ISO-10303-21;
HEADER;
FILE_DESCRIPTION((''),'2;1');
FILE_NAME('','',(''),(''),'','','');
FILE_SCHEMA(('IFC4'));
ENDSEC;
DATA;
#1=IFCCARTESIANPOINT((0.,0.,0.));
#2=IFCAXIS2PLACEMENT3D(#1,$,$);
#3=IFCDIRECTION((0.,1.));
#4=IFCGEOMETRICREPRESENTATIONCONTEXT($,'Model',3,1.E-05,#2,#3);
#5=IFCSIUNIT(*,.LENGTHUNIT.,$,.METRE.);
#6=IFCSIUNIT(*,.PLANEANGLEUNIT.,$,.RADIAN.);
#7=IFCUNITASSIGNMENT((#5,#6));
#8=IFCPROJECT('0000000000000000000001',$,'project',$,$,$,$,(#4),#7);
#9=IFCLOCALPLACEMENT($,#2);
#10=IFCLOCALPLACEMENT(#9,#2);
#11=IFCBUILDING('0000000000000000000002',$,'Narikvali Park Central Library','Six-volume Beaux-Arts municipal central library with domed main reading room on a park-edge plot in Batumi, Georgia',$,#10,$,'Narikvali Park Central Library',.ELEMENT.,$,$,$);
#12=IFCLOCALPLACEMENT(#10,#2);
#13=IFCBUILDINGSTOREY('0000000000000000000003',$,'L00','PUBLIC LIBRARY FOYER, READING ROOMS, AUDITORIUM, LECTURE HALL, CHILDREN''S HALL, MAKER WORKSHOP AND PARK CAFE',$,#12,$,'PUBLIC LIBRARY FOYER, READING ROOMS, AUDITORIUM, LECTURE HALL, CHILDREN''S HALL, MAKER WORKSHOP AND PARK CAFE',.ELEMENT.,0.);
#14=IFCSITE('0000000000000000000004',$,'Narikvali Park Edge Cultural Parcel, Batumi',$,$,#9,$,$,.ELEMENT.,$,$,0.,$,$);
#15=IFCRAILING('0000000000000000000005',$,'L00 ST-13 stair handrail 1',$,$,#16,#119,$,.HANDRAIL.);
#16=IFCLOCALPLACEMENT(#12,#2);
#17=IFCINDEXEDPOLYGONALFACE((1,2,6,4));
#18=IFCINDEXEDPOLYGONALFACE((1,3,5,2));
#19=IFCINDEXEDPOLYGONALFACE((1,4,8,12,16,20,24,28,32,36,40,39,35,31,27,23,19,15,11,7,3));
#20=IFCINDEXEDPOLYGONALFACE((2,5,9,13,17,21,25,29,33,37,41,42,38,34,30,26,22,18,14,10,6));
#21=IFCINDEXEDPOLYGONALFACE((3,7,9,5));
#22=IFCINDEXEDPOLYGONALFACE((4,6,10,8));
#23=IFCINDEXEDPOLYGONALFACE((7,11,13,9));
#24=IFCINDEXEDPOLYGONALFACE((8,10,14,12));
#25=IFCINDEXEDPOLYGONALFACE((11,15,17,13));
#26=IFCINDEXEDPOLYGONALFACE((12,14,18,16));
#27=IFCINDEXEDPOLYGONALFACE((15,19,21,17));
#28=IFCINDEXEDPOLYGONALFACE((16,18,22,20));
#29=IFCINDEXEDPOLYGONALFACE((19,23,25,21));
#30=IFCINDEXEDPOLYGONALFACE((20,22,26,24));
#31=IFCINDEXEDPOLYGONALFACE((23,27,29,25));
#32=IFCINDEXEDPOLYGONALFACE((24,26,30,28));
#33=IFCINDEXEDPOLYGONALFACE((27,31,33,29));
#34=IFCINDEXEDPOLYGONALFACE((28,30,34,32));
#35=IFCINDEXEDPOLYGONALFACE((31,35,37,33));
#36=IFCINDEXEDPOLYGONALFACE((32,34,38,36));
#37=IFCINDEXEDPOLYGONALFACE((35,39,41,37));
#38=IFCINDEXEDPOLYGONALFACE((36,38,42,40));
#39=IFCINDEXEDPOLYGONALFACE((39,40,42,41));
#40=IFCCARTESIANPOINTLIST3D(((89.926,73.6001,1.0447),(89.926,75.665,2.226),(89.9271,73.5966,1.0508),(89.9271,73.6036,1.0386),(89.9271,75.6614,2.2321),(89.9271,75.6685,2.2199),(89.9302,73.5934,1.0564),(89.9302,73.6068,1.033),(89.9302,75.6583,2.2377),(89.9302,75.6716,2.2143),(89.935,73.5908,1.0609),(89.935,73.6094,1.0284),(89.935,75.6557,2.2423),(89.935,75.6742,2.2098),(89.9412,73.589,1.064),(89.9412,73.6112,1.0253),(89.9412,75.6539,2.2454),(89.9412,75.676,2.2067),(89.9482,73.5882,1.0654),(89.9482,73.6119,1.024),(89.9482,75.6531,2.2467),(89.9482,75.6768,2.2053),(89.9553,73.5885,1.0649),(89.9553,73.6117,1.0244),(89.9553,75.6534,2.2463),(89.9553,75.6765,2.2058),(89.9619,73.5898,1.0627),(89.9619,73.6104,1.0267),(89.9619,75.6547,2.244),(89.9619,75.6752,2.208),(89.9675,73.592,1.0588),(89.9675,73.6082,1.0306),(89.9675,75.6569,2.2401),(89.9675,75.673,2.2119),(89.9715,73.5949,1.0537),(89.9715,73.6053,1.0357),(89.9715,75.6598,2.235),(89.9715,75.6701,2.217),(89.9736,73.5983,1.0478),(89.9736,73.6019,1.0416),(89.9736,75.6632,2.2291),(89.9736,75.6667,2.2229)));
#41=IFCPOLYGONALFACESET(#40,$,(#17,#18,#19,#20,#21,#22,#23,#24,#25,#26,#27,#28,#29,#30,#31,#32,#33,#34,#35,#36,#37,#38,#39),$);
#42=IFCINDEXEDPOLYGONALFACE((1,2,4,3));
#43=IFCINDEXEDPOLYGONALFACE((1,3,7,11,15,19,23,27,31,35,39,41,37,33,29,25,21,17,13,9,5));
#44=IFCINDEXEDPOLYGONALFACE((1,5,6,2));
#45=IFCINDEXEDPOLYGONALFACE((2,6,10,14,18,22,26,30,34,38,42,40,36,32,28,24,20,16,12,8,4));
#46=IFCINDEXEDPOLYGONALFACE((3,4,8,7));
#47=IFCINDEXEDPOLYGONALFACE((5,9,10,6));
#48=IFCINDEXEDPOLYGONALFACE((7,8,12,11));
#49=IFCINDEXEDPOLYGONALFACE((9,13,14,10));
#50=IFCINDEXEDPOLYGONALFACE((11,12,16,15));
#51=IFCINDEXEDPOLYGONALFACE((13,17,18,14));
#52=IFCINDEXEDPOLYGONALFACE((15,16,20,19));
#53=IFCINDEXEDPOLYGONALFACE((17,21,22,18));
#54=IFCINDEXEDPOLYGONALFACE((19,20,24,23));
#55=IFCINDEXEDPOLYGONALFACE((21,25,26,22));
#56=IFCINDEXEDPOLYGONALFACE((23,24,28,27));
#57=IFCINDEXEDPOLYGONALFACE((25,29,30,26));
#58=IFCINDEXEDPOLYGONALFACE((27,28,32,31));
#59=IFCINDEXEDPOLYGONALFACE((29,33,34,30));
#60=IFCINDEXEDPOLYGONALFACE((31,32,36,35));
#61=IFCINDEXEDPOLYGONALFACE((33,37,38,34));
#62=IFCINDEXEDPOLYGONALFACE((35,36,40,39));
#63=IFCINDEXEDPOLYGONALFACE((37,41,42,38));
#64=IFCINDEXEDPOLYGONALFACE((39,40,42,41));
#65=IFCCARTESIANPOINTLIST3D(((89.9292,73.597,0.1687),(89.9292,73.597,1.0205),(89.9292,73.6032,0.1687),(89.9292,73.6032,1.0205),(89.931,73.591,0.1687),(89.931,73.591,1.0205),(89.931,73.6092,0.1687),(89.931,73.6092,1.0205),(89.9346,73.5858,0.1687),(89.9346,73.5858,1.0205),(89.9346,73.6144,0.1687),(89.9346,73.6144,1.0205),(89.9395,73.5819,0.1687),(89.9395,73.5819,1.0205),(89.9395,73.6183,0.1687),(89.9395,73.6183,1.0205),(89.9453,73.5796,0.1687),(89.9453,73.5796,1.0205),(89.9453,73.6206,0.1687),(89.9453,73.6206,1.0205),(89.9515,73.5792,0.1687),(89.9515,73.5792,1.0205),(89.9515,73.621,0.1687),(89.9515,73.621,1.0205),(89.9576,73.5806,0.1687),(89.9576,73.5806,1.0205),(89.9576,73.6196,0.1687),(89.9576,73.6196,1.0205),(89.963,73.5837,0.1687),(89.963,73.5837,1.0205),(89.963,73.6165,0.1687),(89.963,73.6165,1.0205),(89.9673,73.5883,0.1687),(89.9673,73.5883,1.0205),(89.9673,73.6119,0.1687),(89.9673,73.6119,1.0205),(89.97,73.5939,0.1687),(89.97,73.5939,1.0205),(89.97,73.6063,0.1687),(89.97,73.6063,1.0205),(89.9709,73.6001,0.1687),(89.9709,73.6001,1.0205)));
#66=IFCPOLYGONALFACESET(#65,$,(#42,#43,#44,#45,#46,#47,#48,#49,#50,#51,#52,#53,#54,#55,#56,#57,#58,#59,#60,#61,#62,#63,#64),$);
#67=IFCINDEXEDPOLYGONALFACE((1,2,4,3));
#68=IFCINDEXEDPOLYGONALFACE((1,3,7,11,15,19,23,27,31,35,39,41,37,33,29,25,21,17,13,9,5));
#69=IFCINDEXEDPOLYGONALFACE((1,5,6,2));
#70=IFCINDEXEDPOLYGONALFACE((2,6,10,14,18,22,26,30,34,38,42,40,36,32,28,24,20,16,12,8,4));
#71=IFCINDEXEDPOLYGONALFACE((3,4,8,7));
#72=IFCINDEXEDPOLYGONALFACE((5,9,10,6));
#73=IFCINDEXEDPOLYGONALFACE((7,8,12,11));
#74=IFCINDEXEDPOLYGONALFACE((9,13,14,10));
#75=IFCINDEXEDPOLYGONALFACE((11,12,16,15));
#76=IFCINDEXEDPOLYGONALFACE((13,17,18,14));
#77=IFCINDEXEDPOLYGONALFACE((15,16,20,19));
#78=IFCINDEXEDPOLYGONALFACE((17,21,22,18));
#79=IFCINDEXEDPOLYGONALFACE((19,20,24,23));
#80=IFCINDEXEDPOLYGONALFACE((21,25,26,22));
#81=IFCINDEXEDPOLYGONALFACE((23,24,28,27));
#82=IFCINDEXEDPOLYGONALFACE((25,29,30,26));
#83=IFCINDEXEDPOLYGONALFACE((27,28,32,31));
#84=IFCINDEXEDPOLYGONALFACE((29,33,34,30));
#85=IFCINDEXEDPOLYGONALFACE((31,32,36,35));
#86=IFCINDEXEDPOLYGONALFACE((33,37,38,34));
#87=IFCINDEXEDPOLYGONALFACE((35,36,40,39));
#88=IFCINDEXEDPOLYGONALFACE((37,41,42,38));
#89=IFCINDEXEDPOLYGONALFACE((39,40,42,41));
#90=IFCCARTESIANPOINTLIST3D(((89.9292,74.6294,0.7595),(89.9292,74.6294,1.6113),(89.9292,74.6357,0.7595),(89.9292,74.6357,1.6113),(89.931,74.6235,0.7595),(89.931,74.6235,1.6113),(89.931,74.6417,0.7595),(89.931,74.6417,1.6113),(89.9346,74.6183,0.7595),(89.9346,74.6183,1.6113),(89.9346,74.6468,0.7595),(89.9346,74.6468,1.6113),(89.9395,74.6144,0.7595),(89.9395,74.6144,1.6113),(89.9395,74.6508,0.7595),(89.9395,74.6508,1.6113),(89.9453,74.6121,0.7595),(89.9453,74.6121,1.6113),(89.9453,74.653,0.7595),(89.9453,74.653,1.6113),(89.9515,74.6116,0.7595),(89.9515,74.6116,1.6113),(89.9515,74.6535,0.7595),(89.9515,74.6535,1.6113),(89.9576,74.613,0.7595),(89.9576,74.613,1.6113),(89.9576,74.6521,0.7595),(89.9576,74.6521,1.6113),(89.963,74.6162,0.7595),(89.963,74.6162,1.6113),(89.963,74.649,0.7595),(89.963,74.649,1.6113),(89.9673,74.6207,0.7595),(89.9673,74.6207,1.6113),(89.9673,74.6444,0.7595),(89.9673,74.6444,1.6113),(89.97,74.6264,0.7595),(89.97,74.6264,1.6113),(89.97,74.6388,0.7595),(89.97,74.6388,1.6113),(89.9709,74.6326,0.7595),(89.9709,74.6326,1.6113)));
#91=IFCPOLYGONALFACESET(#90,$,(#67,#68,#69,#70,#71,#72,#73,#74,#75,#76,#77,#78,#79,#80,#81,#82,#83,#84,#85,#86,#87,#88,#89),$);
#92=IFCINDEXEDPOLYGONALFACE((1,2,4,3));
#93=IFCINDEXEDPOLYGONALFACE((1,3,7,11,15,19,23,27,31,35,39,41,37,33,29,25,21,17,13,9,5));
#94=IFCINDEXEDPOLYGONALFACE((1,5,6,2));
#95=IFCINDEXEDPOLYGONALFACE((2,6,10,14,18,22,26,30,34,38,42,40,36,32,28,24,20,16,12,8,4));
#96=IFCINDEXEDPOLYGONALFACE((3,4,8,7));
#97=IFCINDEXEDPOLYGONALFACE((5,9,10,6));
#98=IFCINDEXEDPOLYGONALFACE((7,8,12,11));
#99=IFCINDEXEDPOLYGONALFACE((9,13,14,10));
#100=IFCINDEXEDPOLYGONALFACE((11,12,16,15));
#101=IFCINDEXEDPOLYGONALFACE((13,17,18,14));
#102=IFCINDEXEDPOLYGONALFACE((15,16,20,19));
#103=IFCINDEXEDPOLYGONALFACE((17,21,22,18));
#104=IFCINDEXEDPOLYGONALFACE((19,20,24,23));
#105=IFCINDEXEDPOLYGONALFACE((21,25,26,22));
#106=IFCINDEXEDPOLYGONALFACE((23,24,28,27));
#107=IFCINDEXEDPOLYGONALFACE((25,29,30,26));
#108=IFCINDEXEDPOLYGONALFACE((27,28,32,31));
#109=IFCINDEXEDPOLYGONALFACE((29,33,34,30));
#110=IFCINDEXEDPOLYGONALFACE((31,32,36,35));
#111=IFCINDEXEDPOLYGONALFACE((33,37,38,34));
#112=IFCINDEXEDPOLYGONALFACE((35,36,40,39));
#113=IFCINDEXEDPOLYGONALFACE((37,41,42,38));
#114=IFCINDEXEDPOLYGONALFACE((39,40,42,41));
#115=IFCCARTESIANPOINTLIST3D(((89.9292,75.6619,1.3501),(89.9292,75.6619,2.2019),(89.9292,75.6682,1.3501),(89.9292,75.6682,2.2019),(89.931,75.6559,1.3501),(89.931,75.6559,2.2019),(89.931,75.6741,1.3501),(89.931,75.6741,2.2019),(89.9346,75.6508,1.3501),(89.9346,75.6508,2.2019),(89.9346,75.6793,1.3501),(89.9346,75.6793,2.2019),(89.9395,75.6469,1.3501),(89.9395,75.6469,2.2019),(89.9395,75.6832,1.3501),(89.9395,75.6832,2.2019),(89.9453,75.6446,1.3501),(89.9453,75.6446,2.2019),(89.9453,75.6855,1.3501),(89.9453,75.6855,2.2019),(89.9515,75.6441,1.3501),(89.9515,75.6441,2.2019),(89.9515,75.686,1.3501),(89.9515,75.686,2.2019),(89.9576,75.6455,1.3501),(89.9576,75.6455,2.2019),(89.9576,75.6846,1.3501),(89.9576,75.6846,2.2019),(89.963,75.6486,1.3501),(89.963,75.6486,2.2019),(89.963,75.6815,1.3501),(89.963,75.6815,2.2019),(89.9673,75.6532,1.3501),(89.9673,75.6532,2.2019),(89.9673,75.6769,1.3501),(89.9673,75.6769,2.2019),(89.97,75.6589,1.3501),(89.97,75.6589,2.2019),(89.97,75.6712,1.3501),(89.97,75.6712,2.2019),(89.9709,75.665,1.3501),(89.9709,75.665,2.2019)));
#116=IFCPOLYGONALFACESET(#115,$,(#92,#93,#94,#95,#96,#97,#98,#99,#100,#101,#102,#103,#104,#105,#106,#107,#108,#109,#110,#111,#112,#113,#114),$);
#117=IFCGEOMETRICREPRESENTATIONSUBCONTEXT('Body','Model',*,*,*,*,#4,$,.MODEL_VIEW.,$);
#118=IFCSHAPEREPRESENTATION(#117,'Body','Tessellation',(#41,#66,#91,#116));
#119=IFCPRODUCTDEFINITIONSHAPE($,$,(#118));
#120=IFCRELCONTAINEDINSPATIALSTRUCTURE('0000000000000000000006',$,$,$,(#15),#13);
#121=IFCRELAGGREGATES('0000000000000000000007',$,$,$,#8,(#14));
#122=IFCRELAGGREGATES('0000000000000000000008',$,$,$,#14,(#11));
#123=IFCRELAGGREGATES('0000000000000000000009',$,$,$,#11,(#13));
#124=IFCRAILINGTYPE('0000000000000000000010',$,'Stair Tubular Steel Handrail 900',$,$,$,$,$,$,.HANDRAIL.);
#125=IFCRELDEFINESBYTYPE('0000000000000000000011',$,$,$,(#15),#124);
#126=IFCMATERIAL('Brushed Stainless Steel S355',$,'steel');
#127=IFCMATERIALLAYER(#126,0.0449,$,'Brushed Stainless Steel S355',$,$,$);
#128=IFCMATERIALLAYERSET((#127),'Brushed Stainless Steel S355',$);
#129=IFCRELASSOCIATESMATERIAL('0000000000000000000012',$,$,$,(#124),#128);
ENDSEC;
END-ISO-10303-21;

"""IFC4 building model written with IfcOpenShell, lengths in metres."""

from ifc_helpers import new_model, si_unit, direction, frame, origin, origin_2d, place, context, subcontext, project, spatial, circle, extrude, material, layer, layer_set, type_object, element, save


model = new_model("IFC4")

# Units and contexts
model_context = context("Model", 3, precision=1e-05, world=origin(), true_north=direction((0.0, 1.0)))
body_context = subcontext(model_context, "Body", "Model", "MODEL_VIEW")
ifc_project = project(units=[si_unit("LENGTHUNIT", "METRE"), si_unit("PLANEANGLEUNIT", "RADIAN")], contexts=[model_context])

# Site, building, storey
site_placement = place(None, origin())
site = spatial("IfcSite", under=ifc_project, at=site_placement, Name="Narikvali Park Edge Cultural Parcel, Batumi", CompositionType="ELEMENT", RefElevation=0.0)
building_placement = place(site_placement, origin())
building = spatial("IfcBuilding", under=site, at=building_placement, Name="Narikvali Park Central Library", Description="Six-volume Beaux-Arts municipal central library with domed main reading room on a park-edge plot in Batumi, Georgia", LongName="Narikvali Park Central Library", CompositionType="ELEMENT")
storey_placement = place(building_placement, origin())
storey = spatial("IfcBuildingStorey", under=building, at=storey_placement, Name="L00", Description="PUBLIC LIBRARY FOYER, READING ROOMS, AUDITORIUM, LECTURE HALL, CHILDREN'S HALL, MAKER WORKSHOP AND PARK CAFE", LongName="PUBLIC LIBRARY FOYER, READING ROOMS, AUDITORIUM, LECTURE HALL, CHILDREN'S HALL, MAKER WORKSHOP AND PARK CAFE", CompositionType="ELEMENT", Elevation=0.0)

# Railing
ifc_material_1 = material(Name="Brushed Stainless Steel S355", Category="steel")
ifc_layer_1 = layer(ifc_material_1, 0.0449, Name="Brushed Stainless Steel S355")
ifc_layer_set_1 = layer_set([ifc_layer_1], Name="Brushed Stainless Steel S355")
railing_type_1 = type_object("IfcRailingType", Name="Stair Tubular Steel Handrail 900", PredefinedType="HANDRAIL", material=ifc_layer_set_1)
railing_1_placement = place(storey_placement, frame((89.95, 73.6001, 0.1687)))
element("IfcRailing", 1, at=railing_1_placement, inside=storey, type_object=railing_type_1, Name="L00 ST-13 stair handrail 1", PredefinedType="HANDRAIL", context=body_context, shape_type="SweptSolid", body=[
    extrude(circle(Radius=0.0239, at=origin_2d()), frame((0.0, 0.0, 0.876), z_axis=(0.0, 0.867984, 0.496592), x_axis=(-1.0, 0.0, 0.0)), (0.0, 0.0, 1.0), 2.3789),
    extrude(circle(Radius=0.021, at=origin_2d()), origin(), (0.0, 0.0, 1.0), 0.8518),
    extrude(circle(Radius=0.021, at=origin_2d()), frame((0.0, 1.0325, 0.5908)), (0.0, 0.0, 1.0), 0.8518),
    extrude(circle(Radius=0.021, at=origin_2d()), frame((0.0, 2.0649, 1.1814)), (0.0, 0.0, 1.0), 0.8518),
])

save(model, "model.ifc")
